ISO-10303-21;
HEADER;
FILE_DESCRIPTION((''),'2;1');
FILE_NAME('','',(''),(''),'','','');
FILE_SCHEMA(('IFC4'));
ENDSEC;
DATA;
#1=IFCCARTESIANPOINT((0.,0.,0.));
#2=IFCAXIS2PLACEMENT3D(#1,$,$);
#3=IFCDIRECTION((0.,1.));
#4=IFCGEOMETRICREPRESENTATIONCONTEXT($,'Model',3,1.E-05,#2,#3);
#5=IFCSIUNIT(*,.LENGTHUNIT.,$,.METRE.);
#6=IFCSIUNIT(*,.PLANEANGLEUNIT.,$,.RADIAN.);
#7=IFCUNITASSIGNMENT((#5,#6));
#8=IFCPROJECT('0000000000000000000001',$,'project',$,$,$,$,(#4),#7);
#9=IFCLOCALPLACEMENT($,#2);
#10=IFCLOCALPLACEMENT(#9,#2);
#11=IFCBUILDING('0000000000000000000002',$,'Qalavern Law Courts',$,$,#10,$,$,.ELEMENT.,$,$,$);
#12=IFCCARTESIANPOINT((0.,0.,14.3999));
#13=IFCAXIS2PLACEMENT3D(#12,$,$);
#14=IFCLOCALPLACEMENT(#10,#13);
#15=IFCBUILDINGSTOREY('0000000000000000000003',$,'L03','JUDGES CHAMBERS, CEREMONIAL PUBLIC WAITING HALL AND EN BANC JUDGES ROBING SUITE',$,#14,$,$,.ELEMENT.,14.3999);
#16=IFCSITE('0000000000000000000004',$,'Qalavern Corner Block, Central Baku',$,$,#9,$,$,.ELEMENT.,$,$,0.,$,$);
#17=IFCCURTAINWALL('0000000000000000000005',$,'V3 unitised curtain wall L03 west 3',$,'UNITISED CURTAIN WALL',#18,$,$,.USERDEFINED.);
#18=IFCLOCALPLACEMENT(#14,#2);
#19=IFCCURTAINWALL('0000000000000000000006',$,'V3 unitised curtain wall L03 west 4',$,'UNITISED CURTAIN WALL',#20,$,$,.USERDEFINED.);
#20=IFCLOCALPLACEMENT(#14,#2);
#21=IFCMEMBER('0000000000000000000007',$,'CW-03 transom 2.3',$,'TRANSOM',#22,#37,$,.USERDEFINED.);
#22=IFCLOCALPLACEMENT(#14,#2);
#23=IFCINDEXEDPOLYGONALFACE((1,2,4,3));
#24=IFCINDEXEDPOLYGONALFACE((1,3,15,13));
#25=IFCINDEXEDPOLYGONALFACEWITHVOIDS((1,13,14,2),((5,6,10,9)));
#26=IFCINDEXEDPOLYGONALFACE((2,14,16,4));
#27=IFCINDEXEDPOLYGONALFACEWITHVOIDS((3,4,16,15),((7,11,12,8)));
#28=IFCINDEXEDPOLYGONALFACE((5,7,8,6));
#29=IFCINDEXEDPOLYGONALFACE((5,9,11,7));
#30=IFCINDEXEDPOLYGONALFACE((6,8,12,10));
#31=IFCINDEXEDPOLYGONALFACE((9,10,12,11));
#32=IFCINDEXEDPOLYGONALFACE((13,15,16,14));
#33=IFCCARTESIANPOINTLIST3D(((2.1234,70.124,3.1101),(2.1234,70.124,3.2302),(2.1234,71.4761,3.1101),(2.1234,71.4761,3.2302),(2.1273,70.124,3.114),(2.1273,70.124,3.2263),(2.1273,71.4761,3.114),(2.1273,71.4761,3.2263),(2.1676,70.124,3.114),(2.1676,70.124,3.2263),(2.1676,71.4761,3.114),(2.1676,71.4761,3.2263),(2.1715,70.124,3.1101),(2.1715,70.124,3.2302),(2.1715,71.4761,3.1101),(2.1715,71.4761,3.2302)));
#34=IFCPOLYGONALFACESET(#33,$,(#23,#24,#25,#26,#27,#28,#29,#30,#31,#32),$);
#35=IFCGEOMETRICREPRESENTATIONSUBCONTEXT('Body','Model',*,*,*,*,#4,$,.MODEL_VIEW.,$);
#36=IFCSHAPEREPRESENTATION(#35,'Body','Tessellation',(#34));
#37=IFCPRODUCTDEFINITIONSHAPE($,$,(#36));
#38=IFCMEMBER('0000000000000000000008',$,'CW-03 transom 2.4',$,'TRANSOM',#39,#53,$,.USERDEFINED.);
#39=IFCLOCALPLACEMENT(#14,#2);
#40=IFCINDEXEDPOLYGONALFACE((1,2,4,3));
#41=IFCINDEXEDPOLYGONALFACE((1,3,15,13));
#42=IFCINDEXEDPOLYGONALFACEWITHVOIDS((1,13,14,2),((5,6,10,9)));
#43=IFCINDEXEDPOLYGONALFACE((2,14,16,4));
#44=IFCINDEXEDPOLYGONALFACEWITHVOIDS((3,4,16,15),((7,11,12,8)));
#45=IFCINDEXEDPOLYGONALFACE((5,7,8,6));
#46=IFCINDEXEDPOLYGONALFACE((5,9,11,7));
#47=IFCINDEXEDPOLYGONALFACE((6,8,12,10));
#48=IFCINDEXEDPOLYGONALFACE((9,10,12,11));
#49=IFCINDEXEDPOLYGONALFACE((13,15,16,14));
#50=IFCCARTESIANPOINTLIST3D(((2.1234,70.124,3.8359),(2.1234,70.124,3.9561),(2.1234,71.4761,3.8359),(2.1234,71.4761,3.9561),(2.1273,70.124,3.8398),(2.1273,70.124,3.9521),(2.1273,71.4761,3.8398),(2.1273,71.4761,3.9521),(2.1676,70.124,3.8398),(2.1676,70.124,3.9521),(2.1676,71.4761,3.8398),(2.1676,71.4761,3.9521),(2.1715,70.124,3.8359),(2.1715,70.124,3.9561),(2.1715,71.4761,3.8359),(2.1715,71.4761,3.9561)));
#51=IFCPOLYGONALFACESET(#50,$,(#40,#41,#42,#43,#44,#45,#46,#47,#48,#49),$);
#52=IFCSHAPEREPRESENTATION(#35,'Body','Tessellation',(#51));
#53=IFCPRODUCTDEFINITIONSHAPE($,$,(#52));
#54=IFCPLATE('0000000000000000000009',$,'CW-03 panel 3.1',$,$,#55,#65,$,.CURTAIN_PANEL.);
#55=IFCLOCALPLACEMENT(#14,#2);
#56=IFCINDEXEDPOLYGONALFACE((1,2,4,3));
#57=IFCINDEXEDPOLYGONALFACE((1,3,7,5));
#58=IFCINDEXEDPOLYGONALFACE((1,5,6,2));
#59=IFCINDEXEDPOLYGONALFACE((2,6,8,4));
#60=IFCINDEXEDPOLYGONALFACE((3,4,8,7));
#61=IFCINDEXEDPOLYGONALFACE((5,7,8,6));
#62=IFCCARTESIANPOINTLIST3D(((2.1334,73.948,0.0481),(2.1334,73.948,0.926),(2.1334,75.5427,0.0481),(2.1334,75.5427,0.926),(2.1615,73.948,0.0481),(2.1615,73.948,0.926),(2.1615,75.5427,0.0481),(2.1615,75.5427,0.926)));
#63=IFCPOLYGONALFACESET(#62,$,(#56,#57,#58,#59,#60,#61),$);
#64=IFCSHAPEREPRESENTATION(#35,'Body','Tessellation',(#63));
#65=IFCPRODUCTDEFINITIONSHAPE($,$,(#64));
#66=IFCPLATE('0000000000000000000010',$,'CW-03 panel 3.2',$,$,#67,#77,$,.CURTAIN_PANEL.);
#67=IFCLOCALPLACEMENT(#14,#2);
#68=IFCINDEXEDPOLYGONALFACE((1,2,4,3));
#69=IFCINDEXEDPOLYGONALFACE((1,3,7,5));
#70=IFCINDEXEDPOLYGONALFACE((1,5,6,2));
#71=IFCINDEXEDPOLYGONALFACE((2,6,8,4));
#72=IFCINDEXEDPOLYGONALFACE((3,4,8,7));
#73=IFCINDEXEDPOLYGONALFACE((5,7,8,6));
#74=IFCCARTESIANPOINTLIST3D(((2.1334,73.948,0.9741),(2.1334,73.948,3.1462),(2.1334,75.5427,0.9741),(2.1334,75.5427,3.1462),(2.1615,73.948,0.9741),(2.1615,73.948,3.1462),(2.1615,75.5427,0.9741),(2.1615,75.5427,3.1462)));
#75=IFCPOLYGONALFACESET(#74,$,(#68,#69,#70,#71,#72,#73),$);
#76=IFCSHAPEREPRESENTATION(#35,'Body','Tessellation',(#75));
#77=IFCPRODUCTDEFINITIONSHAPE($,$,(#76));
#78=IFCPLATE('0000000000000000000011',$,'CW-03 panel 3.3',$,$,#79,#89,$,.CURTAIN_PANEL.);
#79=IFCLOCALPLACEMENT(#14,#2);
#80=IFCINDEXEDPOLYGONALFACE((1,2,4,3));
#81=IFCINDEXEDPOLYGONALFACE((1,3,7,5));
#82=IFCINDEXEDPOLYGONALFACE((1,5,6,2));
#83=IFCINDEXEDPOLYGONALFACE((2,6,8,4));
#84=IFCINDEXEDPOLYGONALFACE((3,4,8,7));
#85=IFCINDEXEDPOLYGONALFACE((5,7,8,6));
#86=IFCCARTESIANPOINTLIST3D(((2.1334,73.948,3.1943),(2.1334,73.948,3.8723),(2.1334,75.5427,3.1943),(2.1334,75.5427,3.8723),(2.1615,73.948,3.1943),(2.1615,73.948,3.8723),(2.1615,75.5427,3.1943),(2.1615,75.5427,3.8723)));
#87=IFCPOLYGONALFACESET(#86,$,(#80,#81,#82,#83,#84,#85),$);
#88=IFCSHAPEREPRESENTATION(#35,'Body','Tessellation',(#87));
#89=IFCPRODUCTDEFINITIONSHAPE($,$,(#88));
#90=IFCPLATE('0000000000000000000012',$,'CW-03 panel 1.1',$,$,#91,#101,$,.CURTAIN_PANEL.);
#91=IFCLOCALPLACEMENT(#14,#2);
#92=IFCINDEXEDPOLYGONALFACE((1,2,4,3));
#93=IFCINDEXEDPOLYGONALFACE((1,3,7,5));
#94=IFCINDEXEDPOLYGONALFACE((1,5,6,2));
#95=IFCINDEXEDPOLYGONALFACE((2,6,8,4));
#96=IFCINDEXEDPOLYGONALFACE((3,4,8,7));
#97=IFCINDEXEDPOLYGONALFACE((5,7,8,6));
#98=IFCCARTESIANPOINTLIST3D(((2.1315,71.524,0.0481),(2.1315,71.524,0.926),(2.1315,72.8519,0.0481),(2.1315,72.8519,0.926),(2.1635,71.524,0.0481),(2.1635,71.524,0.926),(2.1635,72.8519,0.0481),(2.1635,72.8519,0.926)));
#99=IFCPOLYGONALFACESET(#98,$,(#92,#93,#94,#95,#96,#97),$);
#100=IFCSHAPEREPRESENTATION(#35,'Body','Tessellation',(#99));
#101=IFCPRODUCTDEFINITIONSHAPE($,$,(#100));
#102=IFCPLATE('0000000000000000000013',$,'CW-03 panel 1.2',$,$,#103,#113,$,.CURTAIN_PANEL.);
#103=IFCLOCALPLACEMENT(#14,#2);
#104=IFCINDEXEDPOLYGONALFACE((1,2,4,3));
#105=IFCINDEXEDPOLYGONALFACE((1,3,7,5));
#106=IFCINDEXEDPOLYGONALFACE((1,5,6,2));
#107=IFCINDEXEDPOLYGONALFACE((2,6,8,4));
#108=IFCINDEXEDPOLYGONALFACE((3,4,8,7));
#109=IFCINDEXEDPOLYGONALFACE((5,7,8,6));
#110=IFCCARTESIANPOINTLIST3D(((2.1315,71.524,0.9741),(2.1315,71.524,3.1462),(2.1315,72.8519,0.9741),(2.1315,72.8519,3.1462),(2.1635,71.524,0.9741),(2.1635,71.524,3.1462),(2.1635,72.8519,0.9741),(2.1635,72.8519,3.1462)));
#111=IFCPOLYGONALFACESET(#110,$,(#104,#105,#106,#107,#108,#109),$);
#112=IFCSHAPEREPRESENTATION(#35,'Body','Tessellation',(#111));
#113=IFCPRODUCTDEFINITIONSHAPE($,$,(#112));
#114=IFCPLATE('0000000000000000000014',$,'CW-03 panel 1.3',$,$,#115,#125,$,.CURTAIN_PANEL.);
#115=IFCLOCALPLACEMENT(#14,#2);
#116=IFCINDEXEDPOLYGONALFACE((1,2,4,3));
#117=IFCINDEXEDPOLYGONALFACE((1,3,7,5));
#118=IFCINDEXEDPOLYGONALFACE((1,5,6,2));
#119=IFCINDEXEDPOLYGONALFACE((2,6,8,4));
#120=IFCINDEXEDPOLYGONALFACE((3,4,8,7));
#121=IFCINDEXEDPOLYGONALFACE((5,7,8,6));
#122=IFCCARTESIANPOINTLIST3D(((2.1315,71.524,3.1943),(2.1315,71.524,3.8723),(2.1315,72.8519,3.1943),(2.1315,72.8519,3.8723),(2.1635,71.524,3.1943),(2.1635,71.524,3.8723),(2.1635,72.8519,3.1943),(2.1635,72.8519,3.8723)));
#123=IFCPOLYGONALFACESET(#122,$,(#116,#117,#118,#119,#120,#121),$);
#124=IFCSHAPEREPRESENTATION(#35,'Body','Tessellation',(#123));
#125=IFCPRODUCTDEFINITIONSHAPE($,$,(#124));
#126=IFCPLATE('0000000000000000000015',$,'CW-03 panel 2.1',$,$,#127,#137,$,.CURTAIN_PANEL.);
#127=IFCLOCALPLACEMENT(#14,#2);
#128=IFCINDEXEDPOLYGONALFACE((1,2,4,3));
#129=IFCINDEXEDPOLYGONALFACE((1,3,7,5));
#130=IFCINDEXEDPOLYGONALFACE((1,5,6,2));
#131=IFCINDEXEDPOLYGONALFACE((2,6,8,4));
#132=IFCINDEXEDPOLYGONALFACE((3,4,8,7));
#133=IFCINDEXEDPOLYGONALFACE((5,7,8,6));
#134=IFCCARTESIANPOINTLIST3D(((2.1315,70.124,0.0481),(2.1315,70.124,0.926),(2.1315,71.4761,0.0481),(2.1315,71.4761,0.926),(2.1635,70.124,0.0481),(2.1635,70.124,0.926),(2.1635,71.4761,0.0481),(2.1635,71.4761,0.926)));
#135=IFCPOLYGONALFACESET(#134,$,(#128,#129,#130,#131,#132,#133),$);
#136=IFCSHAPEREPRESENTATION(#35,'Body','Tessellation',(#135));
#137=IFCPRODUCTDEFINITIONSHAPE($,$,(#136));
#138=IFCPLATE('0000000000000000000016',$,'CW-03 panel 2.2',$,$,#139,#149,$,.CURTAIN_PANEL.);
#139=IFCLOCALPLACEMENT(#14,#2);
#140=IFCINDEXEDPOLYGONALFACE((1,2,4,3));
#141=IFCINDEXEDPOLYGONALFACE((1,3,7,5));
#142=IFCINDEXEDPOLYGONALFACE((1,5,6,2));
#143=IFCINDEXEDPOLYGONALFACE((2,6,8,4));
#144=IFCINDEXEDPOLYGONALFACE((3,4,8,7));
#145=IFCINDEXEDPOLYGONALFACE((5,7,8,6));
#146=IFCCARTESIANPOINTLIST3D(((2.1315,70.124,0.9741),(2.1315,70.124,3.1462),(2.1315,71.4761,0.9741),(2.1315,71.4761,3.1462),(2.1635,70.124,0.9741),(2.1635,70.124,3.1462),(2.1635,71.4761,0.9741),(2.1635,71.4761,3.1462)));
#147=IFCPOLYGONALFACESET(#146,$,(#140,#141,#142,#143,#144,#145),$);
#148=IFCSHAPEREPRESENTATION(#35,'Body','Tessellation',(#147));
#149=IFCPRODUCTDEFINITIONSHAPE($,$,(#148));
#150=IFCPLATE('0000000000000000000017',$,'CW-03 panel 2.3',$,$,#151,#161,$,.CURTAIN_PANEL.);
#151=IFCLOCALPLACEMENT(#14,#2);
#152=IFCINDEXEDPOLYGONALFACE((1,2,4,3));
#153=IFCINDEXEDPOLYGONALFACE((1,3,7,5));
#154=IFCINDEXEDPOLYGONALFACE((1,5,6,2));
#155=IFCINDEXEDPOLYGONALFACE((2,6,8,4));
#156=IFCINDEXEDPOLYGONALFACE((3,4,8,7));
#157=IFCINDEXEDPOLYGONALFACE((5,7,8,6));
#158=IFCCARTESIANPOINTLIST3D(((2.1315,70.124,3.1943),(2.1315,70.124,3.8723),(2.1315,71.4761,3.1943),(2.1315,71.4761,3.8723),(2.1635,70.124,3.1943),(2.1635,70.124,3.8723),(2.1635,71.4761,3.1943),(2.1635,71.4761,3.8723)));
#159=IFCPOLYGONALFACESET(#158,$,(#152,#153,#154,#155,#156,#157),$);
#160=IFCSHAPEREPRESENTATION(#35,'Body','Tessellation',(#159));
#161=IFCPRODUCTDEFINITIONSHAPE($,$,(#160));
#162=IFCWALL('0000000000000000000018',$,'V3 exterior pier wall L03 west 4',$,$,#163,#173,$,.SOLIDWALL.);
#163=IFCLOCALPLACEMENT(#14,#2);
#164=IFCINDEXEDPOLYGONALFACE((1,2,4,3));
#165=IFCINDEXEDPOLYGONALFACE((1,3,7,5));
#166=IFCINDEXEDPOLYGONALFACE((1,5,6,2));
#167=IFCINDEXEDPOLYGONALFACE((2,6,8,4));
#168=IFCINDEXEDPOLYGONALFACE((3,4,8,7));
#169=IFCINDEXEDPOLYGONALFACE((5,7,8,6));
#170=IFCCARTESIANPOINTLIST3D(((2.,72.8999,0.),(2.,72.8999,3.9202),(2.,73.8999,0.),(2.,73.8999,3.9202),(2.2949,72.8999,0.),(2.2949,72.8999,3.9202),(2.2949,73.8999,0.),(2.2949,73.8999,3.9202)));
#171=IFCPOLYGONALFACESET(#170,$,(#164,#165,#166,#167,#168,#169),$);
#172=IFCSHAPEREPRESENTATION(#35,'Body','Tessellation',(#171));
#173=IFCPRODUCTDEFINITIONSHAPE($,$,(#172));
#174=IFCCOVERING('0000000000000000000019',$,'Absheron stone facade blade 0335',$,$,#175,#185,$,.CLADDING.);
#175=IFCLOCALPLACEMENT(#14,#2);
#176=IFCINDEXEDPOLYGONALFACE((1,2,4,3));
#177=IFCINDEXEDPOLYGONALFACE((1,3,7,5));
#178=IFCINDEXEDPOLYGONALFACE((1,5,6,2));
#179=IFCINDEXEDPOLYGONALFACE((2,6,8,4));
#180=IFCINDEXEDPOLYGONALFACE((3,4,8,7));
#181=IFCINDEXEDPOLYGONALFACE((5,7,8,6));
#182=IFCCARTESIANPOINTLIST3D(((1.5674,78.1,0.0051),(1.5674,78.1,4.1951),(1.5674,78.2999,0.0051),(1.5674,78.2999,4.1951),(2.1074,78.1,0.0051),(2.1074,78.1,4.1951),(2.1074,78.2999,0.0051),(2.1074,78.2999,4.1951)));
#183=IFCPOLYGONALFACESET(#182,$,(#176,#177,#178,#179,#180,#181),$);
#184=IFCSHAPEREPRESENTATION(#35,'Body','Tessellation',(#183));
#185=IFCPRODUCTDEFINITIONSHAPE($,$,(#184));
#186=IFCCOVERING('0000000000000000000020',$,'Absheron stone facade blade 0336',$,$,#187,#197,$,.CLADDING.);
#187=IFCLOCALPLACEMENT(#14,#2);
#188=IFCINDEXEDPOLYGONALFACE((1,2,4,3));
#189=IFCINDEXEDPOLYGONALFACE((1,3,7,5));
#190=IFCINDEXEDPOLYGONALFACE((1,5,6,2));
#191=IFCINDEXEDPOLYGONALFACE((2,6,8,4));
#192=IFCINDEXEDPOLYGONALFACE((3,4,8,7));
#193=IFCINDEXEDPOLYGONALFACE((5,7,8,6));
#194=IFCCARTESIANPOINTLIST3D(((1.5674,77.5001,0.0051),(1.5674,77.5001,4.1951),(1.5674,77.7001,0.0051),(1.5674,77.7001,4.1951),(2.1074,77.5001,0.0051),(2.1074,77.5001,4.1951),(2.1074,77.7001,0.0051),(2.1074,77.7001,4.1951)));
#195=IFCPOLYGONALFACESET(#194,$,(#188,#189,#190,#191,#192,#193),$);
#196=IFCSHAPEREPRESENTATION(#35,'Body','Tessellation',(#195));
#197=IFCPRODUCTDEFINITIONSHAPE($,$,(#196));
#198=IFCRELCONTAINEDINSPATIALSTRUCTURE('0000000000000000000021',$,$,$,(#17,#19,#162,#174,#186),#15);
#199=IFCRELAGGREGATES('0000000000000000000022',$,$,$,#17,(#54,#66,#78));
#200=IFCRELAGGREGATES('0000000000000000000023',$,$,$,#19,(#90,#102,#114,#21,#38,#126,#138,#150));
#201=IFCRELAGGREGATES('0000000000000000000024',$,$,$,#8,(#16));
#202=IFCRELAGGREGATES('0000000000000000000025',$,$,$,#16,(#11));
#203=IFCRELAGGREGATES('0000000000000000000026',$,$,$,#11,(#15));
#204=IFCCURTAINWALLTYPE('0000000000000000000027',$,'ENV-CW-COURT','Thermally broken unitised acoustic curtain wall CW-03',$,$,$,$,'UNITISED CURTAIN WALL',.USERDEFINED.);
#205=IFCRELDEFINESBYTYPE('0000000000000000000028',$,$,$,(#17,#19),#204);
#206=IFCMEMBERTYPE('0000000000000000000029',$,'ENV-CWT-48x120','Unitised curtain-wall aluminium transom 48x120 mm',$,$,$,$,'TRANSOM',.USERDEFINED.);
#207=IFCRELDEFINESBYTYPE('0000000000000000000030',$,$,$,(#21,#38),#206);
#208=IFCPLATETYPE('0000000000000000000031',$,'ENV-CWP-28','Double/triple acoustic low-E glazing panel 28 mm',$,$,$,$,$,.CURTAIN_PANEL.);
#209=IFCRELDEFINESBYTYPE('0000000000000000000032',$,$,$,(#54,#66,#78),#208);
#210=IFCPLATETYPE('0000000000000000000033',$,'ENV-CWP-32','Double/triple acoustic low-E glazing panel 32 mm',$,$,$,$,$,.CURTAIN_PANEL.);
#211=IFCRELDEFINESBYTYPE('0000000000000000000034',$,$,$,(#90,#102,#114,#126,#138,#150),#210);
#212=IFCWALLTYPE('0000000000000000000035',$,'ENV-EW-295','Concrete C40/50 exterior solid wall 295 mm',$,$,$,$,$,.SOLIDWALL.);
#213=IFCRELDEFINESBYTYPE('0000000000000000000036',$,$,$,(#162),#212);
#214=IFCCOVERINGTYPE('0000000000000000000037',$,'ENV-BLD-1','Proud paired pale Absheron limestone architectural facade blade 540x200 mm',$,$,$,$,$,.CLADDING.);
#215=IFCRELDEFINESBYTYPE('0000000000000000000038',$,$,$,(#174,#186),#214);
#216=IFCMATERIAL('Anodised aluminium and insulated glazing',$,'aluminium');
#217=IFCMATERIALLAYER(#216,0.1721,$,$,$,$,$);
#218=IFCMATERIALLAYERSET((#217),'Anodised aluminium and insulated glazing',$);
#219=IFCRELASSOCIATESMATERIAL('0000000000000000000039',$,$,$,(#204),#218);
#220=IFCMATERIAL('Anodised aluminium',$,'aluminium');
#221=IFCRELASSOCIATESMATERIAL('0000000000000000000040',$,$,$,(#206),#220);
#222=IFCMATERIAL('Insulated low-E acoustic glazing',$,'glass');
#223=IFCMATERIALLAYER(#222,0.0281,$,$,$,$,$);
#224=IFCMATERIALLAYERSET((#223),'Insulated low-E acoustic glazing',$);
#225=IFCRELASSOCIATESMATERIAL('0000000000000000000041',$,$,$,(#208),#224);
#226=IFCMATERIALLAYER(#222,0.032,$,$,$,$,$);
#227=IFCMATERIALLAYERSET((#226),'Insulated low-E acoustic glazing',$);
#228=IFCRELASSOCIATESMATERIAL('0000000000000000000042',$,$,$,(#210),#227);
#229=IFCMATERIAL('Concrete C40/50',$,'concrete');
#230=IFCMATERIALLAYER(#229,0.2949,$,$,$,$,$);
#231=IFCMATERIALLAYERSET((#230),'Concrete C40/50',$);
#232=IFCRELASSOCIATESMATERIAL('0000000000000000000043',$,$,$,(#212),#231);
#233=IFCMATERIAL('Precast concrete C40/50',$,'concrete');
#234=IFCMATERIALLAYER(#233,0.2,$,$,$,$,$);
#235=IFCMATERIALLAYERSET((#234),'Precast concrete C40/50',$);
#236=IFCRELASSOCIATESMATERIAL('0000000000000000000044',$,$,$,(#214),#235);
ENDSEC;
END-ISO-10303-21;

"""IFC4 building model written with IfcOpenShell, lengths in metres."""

from ifc_helpers import new_model, si_unit, direction, frame, frame_2d, origin, origin_2d, place, context, subcontext, project, spatial, rectangle, hollow_rectangle, extrude, material, layer, layer_set, material_profile, profile_set, type_object, element, aggregate, save


model = new_model("IFC4")

# Units and contexts
model_context = context("Model", 3, precision=1e-05, world=origin(), true_north=direction((0.0, 1.0)))
body_context = subcontext(model_context, "Body", "Model", "MODEL_VIEW")
ifc_project = project(units=[si_unit("LENGTHUNIT", "METRE"), si_unit("PLANEANGLEUNIT", "RADIAN")], contexts=[model_context])

# Site, building, storey
site_placement = place(None, origin())
site = spatial("IfcSite", under=ifc_project, at=site_placement, Name="Qalavern Corner Block, Central Baku", CompositionType="ELEMENT", RefElevation=0.0)
building_placement = place(site_placement, origin())
building = spatial("IfcBuilding", under=site, at=building_placement, Name="Qalavern Law Courts", CompositionType="ELEMENT")
storey_placement = place(building_placement, frame((0.0, 0.0, 14.3999)))
storey = spatial("IfcBuildingStorey", under=building, at=storey_placement, Name="L03", Description="JUDGES CHAMBERS, CEREMONIAL PUBLIC WAITING HALL AND EN BANC JUDGES ROBING SUITE", CompositionType="ELEMENT", Elevation=14.3999)

# Curtain wall
ifc_material_1 = material(Name="Anodised aluminium and insulated glazing", Category="aluminium")
ifc_layer_1 = layer(ifc_material_1, 0.1721)
ifc_layer_set_1 = layer_set([ifc_layer_1], Name="Anodised aluminium and insulated glazing")
curtain_wall_type = type_object("IfcCurtainWallType", Name="ENV-CW-COURT", Description="Thermally broken unitised acoustic curtain wall CW-03", ElementType="UNITISED CURTAIN WALL", PredefinedType="USERDEFINED", material=ifc_layer_set_1)
curtain_wall_1_placement = place(storey_placement, origin())
curtain_wall_1 = element("IfcCurtainWall", 1, at=curtain_wall_1_placement, inside=storey, type_object=curtain_wall_type, Name="V3 unitised curtain wall L03 west 3", ObjectType="UNITISED CURTAIN WALL", PredefinedType="USERDEFINED")
ifc_material_2 = material(Name="Anodised aluminium", Category="aluminium")

# Curtain wall
curtain_wall_2_placement = place(storey_placement, origin())
curtain_wall_2 = element("IfcCurtainWall", 2, at=curtain_wall_2_placement, inside=storey, type_object=curtain_wall_type, Name="V3 unitised curtain wall L03 west 4", ObjectType="UNITISED CURTAIN WALL", PredefinedType="USERDEFINED")

# Members
ifc_material_profile_1 = material_profile(ifc_material_2, hollow_rectangle(XDim=0.0481, YDim=0.1201, WallThickness=0.0039, at=origin_2d()), Name="ALU TRANSOM 48x120")
ifc_profile_set_1 = profile_set([ifc_material_profile_1], Name="Anodised aluminium")
member_type_1 = type_object("IfcMemberType", Name="ENV-CWT-48x120", Description="Unitised curtain-wall aluminium transom 48x120 mm", ElementType="TRANSOM", PredefinedType="USERDEFINED", material=ifc_profile_set_1)
member_1_placement = place(storey_placement, frame((2.1475, 71.4761, 3.1702), z_axis=(0.0, -1.0, 0.0), x_axis=(1.0, 0.0, 0.0)))
member_1 = element("IfcMember", 3, at=member_1_placement, type_object=member_type_1, Name="CW-03 transom 2.3", ObjectType="TRANSOM", PredefinedType="USERDEFINED", context=body_context, shape_type="SweptSolid", body=[
    extrude(hollow_rectangle(XDim=0.0481, YDim=0.1201, WallThickness=0.0039, at=origin_2d()), origin(), (0.0, 0.0, 1.0), 1.3521),
])
member_2_placement = place(storey_placement, frame((2.1475, 71.4761, 3.896), z_axis=(0.0, -1.0, 0.0), x_axis=(1.0, 0.0, 0.0)))
member_2 = element("IfcMember", 4, at=member_2_placement, type_object=member_type_1, Name="CW-03 transom 2.4", ObjectType="TRANSOM", PredefinedType="USERDEFINED", context=body_context, shape_type="SweptSolid", body=[
    extrude(hollow_rectangle(XDim=0.0481, YDim=0.1201, WallThickness=0.0039, at=origin_2d()), origin(), (0.0, 0.0, 1.0), 1.3521),
])

# Plates
ifc_material_3 = material(Name="Insulated low-E acoustic glazing", Category="glass")
ifc_layer_2 = layer(ifc_material_3, 0.0281)
ifc_layer_set_2 = layer_set([ifc_layer_2], Name="Insulated low-E acoustic glazing")
plate_type_1 = type_object("IfcPlateType", Name="ENV-CWP-28", Description="Double/triple acoustic low-E glazing panel 28 mm", PredefinedType="CURTAIN_PANEL", material=ifc_layer_set_2)
plate_1_placement = place(storey_placement, frame((2.1475, 74.7454, 0.0481), z_axis=(0.0, 0.0, 1.0), x_axis=(0.0, -1.0, 0.0)))
plate_1 = element("IfcPlate", 5, at=plate_1_placement, type_object=plate_type_1, Name="CW-03 panel 3.1", PredefinedType="CURTAIN_PANEL", context=body_context, shape_type="SweptSolid", body=[
    extrude(rectangle(XDim=1.5947, YDim=0.0281, at=origin_2d()), origin(), (0.0, 0.0, 1.0), 0.8779),
])
plate_2_placement = place(storey_placement, frame((2.1475, 74.7454, 0.9741), z_axis=(0.0, 0.0, 1.0), x_axis=(0.0, -1.0, 0.0)))
plate_2 = element("IfcPlate", 6, at=plate_2_placement, type_object=plate_type_1, Name="CW-03 panel 3.2", PredefinedType="CURTAIN_PANEL", context=body_context, shape_type="SweptSolid", body=[
    extrude(rectangle(XDim=1.5947, YDim=0.0281, at=origin_2d()), origin(), (0.0, 0.0, 1.0), 2.1721),
])
plate_3_placement = place(storey_placement, frame((2.1475, 74.7454, 3.1943), z_axis=(0.0, 0.0, 1.0), x_axis=(0.0, -1.0, 0.0)))
plate_3 = element("IfcPlate", 7, at=plate_3_placement, type_object=plate_type_1, Name="CW-03 panel 3.3", PredefinedType="CURTAIN_PANEL", context=body_context, shape_type="SweptSolid", body=[
    extrude(rectangle(XDim=1.5947, YDim=0.0281, at=origin_2d()), origin(), (0.0, 0.0, 1.0), 0.678),
])
aggregate(curtain_wall_1, [plate_1, plate_2, plate_3])
ifc_layer_3 = layer(ifc_material_3, 0.032)
ifc_layer_set_3 = layer_set([ifc_layer_3], Name="Insulated low-E acoustic glazing")
plate_type_2 = type_object("IfcPlateType", Name="ENV-CWP-32", Description="Double/triple acoustic low-E glazing panel 32 mm", PredefinedType="CURTAIN_PANEL", material=ifc_layer_set_3)
plate_4_placement = place(storey_placement, frame((2.1475, 72.188, 0.0481), z_axis=(0.0, 0.0, 1.0), x_axis=(0.0, -1.0, 0.0)))
plate_4 = element("IfcPlate", 8, at=plate_4_placement, type_object=plate_type_2, Name="CW-03 panel 1.1", PredefinedType="CURTAIN_PANEL", context=body_context, shape_type="SweptSolid", body=[
    extrude(rectangle(XDim=1.3279, YDim=0.032, at=origin_2d()), origin(), (0.0, 0.0, 1.0), 0.8779),
])
plate_5_placement = place(storey_placement, frame((2.1475, 72.188, 0.9741), z_axis=(0.0, 0.0, 1.0), x_axis=(0.0, -1.0, 0.0)))
plate_5 = element("IfcPlate", 9, at=plate_5_placement, type_object=plate_type_2, Name="CW-03 panel 1.2", PredefinedType="CURTAIN_PANEL", context=body_context, shape_type="SweptSolid", body=[
    extrude(rectangle(XDim=1.3279, YDim=0.032, at=origin_2d()), origin(), (0.0, 0.0, 1.0), 2.1721),
])
plate_6_placement = place(storey_placement, frame((2.1475, 72.188, 3.1943), z_axis=(0.0, 0.0, 1.0), x_axis=(0.0, -1.0, 0.0)))
plate_6 = element("IfcPlate", 10, at=plate_6_placement, type_object=plate_type_2, Name="CW-03 panel 1.3", PredefinedType="CURTAIN_PANEL", context=body_context, shape_type="SweptSolid", body=[
    extrude(rectangle(XDim=1.3279, YDim=0.032, at=origin_2d()), origin(), (0.0, 0.0, 1.0), 0.678),
])
plate_7_placement = place(storey_placement, frame((2.1475, 70.8, 0.0481), z_axis=(0.0, 0.0, 1.0), x_axis=(0.0, -1.0, 0.0)))
plate_7 = element("IfcPlate", 11, at=plate_7_placement, type_object=plate_type_2, Name="CW-03 panel 2.1", PredefinedType="CURTAIN_PANEL", context=body_context, shape_type="SweptSolid", body=[
    extrude(rectangle(XDim=1.3521, YDim=0.032, at=origin_2d()), origin(), (0.0, 0.0, 1.0), 0.8779),
])
plate_8_placement = place(storey_placement, frame((2.1475, 70.8, 0.9741), z_axis=(0.0, 0.0, 1.0), x_axis=(0.0, -1.0, 0.0)))
plate_8 = element("IfcPlate", 12, at=plate_8_placement, type_object=plate_type_2, Name="CW-03 panel 2.2", PredefinedType="CURTAIN_PANEL", context=body_context, shape_type="SweptSolid", body=[
    extrude(rectangle(XDim=1.3521, YDim=0.032, at=origin_2d()), origin(), (0.0, 0.0, 1.0), 2.1721),
])
plate_9_placement = place(storey_placement, frame((2.1475, 70.8, 3.1943), z_axis=(0.0, 0.0, 1.0), x_axis=(0.0, -1.0, 0.0)))
plate_9 = element("IfcPlate", 13, at=plate_9_placement, type_object=plate_type_2, Name="CW-03 panel 2.3", PredefinedType="CURTAIN_PANEL", context=body_context, shape_type="SweptSolid", body=[
    extrude(rectangle(XDim=1.3521, YDim=0.032, at=origin_2d()), origin(), (0.0, 0.0, 1.0), 0.678),
])
aggregate(curtain_wall_2, [plate_4, plate_5, plate_6, member_1, member_2, plate_7, plate_8, plate_9])

# Wall
ifc_material_4 = material(Name="Concrete C40/50", Category="concrete")
ifc_layer_4 = layer(ifc_material_4, 0.2949)
ifc_layer_set_4 = layer_set([ifc_layer_4], Name="Concrete C40/50")
wall_type = type_object("IfcWallType", Name="ENV-EW-295", Description="Concrete C40/50 exterior solid wall 295 mm", PredefinedType="SOLIDWALL", material=ifc_layer_set_4)
wall_placement = place(storey_placement, frame((2.1475, 73.8999, 0.0), z_axis=(0.0, 0.0, 1.0), x_axis=(0.0, -1.0, 0.0)))
element("IfcWall", 14, at=wall_placement, inside=storey, type_object=wall_type, Name="V3 exterior pier wall L03 west 4", PredefinedType="SOLIDWALL", context=body_context, shape_type="SweptSolid", body=[
    extrude(rectangle(XDim=1.0, YDim=0.2949, at=frame_2d((0.5, 0.0))), origin(), (0.0, 0.0, 1.0), 3.9202),
])

# Coverings
ifc_material_5 = material(Name="Precast concrete C40/50", Category="concrete")
ifc_layer_5 = layer(ifc_material_5, 0.2)
ifc_layer_set_5 = layer_set([ifc_layer_5], Name="Precast concrete C40/50")
covering_type_1 = type_object("IfcCoveringType", Name="ENV-BLD-1", Description="Proud paired pale Absheron limestone architectural facade blade 540x200 mm", PredefinedType="CLADDING", material=ifc_layer_set_5)
for number, where, z_axis, x_axis, name in (
    (15, (1.8374, 78.2, 0.0051), (0.0, 0.0, 1.0), (-1.0, 0.0, 0.0), "Absheron stone facade blade 0335"),
    (16, (1.8374, 77.6001, 0.0051), (0.0, 0.0, 1.0), (-1.0, 0.0, 0.0), "Absheron stone facade blade 0336"),
):
    element("IfcCovering", number, at=place(storey_placement, frame(where, z_axis=z_axis, x_axis=x_axis)), inside=storey, type_object=covering_type_1, Name=name, PredefinedType="CLADDING", context=body_context, shape_type="SweptSolid", body=[
        extrude(rectangle(XDim=0.54, YDim=0.2, at=origin_2d()), origin(), (0.0, 0.0, 1.0), 4.1899),
    ])

save(model, "model.ifc")
